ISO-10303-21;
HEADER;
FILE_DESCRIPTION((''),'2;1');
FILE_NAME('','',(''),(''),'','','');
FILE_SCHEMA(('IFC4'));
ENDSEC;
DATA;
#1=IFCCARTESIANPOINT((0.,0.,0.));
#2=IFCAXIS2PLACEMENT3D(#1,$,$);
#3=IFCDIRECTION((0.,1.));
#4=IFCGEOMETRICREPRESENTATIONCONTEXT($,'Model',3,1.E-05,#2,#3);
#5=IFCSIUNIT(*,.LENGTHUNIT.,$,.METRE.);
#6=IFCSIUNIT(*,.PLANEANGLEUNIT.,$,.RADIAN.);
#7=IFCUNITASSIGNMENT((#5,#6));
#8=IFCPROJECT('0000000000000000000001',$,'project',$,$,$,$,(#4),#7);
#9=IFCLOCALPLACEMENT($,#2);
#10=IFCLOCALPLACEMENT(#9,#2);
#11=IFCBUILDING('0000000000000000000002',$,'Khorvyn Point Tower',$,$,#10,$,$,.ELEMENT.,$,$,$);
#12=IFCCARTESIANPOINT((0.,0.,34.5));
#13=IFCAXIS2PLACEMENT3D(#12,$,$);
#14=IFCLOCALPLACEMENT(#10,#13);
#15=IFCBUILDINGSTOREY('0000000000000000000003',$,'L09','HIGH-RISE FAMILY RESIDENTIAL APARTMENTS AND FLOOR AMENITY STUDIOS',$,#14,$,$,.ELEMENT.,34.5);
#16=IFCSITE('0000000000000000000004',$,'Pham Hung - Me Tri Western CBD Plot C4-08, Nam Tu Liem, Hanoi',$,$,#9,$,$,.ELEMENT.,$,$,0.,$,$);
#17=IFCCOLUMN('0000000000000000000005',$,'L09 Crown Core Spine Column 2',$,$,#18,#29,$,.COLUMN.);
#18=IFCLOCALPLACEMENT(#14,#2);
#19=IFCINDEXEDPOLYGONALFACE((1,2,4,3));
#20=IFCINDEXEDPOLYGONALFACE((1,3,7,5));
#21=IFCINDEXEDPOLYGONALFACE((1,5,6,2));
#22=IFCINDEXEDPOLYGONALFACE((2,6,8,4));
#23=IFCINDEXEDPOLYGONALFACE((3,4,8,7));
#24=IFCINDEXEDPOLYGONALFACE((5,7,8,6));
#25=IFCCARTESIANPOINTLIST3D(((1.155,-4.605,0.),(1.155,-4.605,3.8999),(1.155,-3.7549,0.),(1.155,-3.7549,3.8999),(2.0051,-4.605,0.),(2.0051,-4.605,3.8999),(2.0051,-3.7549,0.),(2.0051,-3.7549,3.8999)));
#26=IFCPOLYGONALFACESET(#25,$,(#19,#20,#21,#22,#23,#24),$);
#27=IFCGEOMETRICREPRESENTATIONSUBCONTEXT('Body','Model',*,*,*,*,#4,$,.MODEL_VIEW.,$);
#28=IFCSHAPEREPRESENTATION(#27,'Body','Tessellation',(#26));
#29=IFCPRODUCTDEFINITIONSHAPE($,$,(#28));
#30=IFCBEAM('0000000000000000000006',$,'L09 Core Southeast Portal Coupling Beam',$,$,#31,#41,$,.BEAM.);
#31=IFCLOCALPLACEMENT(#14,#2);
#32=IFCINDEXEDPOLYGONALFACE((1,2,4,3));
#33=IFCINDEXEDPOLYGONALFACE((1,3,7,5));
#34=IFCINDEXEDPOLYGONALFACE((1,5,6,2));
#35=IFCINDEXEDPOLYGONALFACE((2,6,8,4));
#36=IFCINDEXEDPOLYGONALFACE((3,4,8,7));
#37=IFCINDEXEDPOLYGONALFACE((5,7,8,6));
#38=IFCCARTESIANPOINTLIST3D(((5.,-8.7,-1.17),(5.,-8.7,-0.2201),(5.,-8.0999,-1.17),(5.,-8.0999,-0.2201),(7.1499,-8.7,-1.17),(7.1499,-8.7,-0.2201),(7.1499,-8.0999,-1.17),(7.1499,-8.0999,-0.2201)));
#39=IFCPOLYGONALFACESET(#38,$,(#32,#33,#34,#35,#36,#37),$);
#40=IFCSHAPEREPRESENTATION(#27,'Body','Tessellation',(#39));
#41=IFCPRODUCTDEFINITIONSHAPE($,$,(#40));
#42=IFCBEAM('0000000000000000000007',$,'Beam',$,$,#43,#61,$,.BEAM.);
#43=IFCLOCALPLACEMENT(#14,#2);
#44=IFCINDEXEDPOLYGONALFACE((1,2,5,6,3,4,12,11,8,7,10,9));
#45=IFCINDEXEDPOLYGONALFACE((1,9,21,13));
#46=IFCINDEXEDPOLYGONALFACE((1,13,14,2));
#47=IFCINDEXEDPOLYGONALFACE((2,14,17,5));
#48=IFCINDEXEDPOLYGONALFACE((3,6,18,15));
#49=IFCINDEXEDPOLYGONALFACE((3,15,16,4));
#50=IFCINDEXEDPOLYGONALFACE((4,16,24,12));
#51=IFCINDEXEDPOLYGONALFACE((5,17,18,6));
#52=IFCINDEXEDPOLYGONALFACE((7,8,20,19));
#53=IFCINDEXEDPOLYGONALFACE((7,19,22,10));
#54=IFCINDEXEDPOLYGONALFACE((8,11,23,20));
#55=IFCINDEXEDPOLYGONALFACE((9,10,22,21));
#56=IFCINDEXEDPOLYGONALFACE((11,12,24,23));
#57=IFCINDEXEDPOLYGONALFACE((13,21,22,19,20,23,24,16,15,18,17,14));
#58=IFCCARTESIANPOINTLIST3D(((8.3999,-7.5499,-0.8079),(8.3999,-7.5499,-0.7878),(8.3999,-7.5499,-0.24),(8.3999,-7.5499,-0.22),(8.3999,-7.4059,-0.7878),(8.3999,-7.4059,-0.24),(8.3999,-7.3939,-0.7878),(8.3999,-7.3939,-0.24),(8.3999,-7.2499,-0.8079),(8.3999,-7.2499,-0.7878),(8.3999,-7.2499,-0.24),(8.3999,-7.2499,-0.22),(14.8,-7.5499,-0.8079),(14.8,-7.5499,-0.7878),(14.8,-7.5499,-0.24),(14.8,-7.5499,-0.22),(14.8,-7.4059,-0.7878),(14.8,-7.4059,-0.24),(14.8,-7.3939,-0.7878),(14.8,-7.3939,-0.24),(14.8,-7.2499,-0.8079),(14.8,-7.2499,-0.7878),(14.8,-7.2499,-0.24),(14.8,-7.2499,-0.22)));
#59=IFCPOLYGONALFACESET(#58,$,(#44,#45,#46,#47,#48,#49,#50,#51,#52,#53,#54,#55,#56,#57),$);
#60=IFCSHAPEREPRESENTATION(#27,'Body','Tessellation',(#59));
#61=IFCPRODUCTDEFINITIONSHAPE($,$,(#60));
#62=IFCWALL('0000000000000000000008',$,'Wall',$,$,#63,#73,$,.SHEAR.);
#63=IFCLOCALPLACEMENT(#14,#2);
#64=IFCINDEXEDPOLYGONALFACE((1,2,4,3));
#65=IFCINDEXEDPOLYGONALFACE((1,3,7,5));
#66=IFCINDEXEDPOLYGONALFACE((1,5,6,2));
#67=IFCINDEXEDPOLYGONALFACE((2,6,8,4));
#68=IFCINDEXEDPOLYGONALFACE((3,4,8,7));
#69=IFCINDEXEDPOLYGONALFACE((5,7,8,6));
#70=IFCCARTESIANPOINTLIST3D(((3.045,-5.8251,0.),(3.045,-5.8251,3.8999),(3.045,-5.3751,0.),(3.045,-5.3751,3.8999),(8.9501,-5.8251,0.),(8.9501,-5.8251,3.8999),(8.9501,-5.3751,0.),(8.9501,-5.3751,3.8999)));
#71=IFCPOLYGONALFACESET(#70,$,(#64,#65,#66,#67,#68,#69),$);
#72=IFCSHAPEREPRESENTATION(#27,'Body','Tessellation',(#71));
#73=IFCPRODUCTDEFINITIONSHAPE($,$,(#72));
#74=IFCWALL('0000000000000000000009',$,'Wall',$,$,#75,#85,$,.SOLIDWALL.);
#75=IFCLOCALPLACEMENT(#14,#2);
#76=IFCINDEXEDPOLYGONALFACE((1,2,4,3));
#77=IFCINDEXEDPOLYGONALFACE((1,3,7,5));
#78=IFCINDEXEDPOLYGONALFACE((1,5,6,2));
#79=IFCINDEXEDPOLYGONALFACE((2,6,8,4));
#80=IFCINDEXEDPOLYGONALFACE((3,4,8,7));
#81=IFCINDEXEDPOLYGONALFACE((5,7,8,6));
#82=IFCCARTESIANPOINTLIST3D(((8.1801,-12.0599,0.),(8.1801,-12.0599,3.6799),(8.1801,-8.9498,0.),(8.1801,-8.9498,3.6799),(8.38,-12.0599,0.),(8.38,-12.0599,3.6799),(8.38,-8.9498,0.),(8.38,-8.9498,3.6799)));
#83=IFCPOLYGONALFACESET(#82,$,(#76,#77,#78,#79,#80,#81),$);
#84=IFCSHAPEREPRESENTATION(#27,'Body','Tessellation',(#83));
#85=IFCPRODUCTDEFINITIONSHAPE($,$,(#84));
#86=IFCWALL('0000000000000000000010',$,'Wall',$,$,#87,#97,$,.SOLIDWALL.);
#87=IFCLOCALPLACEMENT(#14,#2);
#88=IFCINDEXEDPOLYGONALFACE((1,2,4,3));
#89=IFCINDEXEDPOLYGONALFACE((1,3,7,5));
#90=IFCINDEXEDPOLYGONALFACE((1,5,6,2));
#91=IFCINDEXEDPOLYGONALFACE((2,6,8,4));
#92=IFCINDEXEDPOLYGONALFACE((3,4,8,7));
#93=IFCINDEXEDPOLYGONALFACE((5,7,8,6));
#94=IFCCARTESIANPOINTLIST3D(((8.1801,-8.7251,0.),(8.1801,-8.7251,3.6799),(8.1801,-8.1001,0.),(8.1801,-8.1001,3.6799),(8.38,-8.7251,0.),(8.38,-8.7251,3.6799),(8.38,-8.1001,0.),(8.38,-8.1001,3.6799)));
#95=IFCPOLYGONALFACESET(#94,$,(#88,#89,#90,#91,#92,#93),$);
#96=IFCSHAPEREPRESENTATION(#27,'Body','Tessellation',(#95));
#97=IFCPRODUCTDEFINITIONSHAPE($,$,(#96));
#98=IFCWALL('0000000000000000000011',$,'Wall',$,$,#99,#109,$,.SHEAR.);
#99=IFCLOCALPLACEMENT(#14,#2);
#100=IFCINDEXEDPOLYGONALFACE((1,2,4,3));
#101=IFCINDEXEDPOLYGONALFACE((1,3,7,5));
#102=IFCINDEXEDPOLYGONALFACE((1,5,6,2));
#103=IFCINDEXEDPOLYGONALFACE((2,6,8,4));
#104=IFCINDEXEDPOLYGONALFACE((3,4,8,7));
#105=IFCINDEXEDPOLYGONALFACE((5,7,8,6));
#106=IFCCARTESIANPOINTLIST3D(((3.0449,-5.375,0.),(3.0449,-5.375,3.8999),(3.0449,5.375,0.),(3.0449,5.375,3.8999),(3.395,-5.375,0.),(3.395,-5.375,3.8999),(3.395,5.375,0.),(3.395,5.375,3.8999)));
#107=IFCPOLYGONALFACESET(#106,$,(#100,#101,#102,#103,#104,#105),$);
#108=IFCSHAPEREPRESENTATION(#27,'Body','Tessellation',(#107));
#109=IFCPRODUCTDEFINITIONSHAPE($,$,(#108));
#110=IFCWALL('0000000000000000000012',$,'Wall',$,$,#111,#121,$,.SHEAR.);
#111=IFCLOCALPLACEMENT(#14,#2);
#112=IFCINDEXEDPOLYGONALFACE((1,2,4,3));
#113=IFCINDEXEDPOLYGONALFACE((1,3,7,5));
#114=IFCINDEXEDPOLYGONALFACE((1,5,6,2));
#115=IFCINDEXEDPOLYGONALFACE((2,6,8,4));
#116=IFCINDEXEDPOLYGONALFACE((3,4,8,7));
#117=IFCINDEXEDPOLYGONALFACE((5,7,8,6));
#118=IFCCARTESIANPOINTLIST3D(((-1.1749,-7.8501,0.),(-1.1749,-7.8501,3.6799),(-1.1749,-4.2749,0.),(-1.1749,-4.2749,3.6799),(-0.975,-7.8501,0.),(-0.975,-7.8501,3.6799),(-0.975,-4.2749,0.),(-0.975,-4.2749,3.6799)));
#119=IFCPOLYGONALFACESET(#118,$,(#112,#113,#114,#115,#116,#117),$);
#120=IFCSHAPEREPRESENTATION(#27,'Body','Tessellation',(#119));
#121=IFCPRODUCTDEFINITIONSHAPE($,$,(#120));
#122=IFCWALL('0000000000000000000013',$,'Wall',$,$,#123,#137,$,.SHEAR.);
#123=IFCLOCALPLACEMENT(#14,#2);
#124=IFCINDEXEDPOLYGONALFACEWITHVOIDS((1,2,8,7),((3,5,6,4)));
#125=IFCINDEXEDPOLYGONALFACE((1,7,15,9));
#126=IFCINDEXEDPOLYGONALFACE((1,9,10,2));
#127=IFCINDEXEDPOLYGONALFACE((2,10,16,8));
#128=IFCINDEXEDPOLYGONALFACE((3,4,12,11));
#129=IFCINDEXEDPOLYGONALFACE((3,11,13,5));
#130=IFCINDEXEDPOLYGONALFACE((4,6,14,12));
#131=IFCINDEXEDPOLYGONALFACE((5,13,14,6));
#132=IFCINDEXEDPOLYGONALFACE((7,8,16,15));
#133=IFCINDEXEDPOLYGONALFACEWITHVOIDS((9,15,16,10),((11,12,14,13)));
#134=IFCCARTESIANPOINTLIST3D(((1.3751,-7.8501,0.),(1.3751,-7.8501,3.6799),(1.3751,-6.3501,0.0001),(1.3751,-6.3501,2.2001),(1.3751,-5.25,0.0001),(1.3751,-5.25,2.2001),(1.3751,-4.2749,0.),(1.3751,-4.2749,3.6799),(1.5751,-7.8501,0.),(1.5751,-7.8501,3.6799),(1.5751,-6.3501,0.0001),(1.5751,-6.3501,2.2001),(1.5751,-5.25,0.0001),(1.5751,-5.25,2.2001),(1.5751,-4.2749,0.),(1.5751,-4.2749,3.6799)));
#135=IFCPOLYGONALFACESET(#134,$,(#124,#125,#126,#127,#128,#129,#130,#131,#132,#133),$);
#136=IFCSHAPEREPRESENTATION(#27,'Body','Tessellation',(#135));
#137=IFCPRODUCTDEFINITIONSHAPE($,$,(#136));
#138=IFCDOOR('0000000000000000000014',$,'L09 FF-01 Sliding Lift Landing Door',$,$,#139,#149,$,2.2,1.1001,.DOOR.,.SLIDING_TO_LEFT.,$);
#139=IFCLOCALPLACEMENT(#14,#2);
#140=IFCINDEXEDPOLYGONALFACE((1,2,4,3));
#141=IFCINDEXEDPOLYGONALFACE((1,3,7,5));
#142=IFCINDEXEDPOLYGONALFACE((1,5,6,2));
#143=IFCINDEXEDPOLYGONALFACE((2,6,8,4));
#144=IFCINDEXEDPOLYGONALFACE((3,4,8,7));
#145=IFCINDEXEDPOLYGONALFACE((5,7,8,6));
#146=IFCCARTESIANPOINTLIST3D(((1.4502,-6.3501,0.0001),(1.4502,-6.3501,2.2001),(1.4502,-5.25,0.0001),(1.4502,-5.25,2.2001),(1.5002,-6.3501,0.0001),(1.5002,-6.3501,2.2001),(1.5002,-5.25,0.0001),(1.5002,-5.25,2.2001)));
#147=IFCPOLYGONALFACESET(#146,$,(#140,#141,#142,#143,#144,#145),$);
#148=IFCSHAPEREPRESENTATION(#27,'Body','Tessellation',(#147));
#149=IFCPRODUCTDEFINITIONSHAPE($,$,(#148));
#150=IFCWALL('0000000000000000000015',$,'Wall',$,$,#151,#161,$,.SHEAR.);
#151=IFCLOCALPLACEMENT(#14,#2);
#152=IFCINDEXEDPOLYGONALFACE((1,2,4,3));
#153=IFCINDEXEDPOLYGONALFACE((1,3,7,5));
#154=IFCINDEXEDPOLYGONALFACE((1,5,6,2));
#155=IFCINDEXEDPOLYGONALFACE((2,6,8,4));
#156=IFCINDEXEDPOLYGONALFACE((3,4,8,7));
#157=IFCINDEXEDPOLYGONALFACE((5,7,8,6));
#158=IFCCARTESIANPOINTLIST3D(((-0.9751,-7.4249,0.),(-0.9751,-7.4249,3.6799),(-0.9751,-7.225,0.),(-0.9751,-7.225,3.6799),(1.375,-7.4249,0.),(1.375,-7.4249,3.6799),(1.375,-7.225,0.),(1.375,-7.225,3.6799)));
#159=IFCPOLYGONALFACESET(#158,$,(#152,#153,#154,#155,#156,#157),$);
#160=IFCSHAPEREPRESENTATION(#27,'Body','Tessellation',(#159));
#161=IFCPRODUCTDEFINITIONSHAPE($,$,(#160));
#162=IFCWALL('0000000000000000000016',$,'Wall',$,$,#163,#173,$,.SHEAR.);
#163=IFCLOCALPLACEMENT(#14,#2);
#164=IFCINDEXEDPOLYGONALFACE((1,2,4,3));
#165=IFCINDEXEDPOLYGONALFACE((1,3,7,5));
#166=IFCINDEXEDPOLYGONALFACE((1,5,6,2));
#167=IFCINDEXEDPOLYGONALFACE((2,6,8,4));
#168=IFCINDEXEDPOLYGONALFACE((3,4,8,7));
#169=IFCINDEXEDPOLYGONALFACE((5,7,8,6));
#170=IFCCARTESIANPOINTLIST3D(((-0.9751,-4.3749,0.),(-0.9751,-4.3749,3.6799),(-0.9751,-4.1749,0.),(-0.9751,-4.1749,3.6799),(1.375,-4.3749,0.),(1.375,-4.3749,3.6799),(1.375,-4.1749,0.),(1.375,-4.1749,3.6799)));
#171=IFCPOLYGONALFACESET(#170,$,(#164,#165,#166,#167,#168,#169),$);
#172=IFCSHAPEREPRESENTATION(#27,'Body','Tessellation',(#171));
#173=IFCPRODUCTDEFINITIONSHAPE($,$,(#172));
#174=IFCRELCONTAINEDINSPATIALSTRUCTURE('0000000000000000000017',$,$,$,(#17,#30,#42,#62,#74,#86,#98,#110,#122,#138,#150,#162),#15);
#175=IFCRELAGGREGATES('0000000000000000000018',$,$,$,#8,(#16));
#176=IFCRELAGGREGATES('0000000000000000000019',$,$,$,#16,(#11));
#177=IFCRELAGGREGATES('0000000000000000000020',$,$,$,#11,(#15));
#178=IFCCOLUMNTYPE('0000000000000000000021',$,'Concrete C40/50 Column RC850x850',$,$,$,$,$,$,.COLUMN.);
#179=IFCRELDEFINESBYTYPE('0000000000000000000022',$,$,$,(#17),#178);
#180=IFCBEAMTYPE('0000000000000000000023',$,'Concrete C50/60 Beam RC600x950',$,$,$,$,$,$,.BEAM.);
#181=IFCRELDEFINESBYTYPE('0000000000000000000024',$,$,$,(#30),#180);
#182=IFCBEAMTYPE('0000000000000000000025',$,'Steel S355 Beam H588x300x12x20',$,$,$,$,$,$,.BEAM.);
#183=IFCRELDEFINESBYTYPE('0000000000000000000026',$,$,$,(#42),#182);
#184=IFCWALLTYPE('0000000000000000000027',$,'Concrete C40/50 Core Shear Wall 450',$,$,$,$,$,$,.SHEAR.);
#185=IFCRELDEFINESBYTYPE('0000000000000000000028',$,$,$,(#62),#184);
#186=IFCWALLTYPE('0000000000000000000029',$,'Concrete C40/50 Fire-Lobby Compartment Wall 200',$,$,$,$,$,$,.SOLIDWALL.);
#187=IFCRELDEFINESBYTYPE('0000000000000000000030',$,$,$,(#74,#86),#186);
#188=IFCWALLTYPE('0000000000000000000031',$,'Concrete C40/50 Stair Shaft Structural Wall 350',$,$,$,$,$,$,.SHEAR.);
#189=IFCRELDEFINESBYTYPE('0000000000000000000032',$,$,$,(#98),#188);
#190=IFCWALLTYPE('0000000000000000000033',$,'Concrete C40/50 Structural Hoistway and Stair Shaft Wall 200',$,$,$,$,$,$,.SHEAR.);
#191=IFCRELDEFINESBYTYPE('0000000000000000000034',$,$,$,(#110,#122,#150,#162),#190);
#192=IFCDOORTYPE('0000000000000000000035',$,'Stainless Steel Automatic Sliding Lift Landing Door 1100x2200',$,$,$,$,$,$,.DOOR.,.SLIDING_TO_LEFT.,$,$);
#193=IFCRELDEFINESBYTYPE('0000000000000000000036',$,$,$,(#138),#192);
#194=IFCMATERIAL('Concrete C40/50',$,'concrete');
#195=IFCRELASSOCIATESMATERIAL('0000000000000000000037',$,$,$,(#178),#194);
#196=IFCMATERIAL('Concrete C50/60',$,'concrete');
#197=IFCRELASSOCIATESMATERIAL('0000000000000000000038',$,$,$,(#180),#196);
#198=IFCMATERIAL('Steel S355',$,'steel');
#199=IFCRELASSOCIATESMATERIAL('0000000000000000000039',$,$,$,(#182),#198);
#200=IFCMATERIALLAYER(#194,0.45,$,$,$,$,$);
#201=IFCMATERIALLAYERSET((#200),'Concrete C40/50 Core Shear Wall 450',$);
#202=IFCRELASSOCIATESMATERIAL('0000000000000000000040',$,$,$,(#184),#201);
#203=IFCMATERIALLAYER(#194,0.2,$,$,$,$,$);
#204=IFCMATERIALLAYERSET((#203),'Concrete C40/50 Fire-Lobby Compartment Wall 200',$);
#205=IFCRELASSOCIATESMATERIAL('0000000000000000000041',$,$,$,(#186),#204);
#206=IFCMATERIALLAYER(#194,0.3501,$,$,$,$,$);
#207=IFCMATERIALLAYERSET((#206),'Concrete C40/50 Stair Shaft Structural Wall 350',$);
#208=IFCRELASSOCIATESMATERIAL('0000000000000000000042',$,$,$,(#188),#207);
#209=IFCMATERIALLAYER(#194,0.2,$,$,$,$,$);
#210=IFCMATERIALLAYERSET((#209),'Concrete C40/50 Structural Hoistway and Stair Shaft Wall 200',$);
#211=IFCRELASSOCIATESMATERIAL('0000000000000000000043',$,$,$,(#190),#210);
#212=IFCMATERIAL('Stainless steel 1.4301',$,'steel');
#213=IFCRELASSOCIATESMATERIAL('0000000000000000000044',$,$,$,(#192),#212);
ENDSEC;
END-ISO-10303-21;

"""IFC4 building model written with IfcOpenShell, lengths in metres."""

from ifc_helpers import new_model, si_unit, direction, frame, frame_2d, origin, origin_2d, place, context, subcontext, project, spatial, rectangle, i_section, extrude, material, layer, layer_set, material_profile, profile_set, type_object, element, fill, save


model = new_model("IFC4")

# Units and contexts
model_context = context("Model", 3, precision=1e-05, world=origin(), true_north=direction((0.0, 1.0)))
body_context = subcontext(model_context, "Body", "Model", "MODEL_VIEW")
ifc_project = project(units=[si_unit("LENGTHUNIT", "METRE"), si_unit("PLANEANGLEUNIT", "RADIAN")], contexts=[model_context])

# Site, building, storey
site_placement = place(None, origin())
site = spatial("IfcSite", under=ifc_project, at=site_placement, Name="Pham Hung - Me Tri Western CBD Plot C4-08, Nam Tu Liem, Hanoi", CompositionType="ELEMENT", RefElevation=0.0)
building_placement = place(site_placement, origin())
building = spatial("IfcBuilding", under=site, at=building_placement, Name="Khorvyn Point Tower", CompositionType="ELEMENT")
storey_placement = place(building_placement, frame((0.0, 0.0, 34.5)))
storey = spatial("IfcBuildingStorey", under=building, at=storey_placement, Name="L09", Description="HIGH-RISE FAMILY RESIDENTIAL APARTMENTS AND FLOOR AMENITY STUDIOS", CompositionType="ELEMENT", Elevation=34.5)

# Column
ifc_material_1 = material(Name="Concrete C40/50", Category="concrete")
ifc_material_profile_1 = material_profile(ifc_material_1, rectangle(XDim=0.8501, YDim=0.8501, at=origin_2d()))
ifc_profile_set_1 = profile_set([ifc_material_profile_1], Name="Concrete C40/50 RC850x850")
column_type = type_object("IfcColumnType", Name="Concrete C40/50 Column RC850x850", PredefinedType="COLUMN", material=ifc_profile_set_1)
column_placement = place(storey_placement, frame((1.5801, -4.1799, 0.0), z_axis=(0.0, 0.0, 1.0), x_axis=(1.0, 0.0, 0.0)))
element("IfcColumn", 1, at=column_placement, inside=storey, type_object=column_type, Name="L09 Crown Core Spine Column 2", PredefinedType="COLUMN", context=body_context, shape_type="SweptSolid", body=[
    extrude(rectangle(XDim=0.8501, YDim=0.8501, at=origin_2d()), origin(), (0.0, 0.0, 1.0), 3.8999),
])

# Beams
ifc_material_2 = material(Name="Concrete C50/60", Category="concrete")
ifc_material_profile_2 = material_profile(ifc_material_2, rectangle(XDim=0.6001, YDim=0.95, at=origin_2d()))
ifc_profile_set_2 = profile_set([ifc_material_profile_2], Name="Concrete C50/60 RC600x950")
beam_type_1 = type_object("IfcBeamType", Name="Concrete C50/60 Beam RC600x950", PredefinedType="BEAM", material=ifc_profile_set_2)
beam_1_placement = place(storey_placement, frame((5.0, -8.3999, -0.6951), z_axis=(1.0, 0.0, 0.0), x_axis=(0.0, 1.0, 0.0)))
element("IfcBeam", 2, at=beam_1_placement, inside=storey, type_object=beam_type_1, Name="L09 Core Southeast Portal Coupling Beam", PredefinedType="BEAM", context=body_context, shape_type="SweptSolid", body=[
    extrude(rectangle(XDim=0.6001, YDim=0.95, at=origin_2d()), origin(), (0.0, 0.0, 1.0), 2.1499),
])
ifc_material_3 = material(Name="Steel S355", Category="steel")
ifc_material_profile_3 = material_profile(ifc_material_3, i_section(OverallWidth=0.3, OverallDepth=0.5879, WebThickness=0.012, FlangeThickness=0.02, at=origin_2d()))
ifc_profile_set_3 = profile_set([ifc_material_profile_3], Name="Steel S355 H588x300x12x20")
beam_type_2 = type_object("IfcBeamType", Name="Steel S355 Beam H588x300x12x20", PredefinedType="BEAM", material=ifc_profile_set_3)
beam_2_placement = place(storey_placement, frame((8.3999, -7.3999, -0.5139), z_axis=(1.0, 0.0, 0.0), x_axis=(0.0, 1.0, 0.0)))
element("IfcBeam", 3, at=beam_2_placement, inside=storey, type_object=beam_type_2, Name="Beam", PredefinedType="BEAM", context=body_context, shape_type="SweptSolid", body=[
    extrude(i_section(OverallWidth=0.3, OverallDepth=0.5879, WebThickness=0.012, FlangeThickness=0.02, at=origin_2d()), origin(), (0.0, 0.0, 1.0), 6.4001),
])

# Wall
ifc_layer_1 = layer(ifc_material_1, 0.45)
ifc_layer_set_1 = layer_set([ifc_layer_1], Name="Concrete C40/50 Core Shear Wall 450")
wall_type_1 = type_object("IfcWallType", Name="Concrete C40/50 Core Shear Wall 450", PredefinedType="SHEAR", material=ifc_layer_set_1)
wall_1_placement = place(storey_placement, frame((3.0449, -5.6001, 0.0), z_axis=(0.0, 0.0, 1.0), x_axis=(1.0, 0.0, 0.0)))
element("IfcWall", 4, at=wall_1_placement, inside=storey, type_object=wall_type_1, Name="Wall", PredefinedType="SHEAR", context=body_context, shape_type="SweptSolid", body=[
    extrude(rectangle(XDim=5.905, YDim=0.45, at=frame_2d((2.9526, 0.0))), origin(), (0.0, 0.0, 1.0), 3.8999),
])

# Shared definitions
ifc_layer_2 = layer(ifc_material_1, 0.2)
ifc_layer_set_2 = layer_set([ifc_layer_2], Name="Concrete C40/50 Fire-Lobby Compartment Wall 200")
wall_type_2 = type_object("IfcWallType", Name="Concrete C40/50 Fire-Lobby Compartment Wall 200", PredefinedType="SOLIDWALL", material=ifc_layer_set_2)

# Walls
wall_2_placement = place(storey_placement, frame((8.28, -12.0601, 0.0), z_axis=(0.0, 0.0, 1.0), x_axis=(0.0, 1.0, 0.0)))
element("IfcWall", 5, at=wall_2_placement, inside=storey, type_object=wall_type_2, Name="Wall", PredefinedType="SOLIDWALL", context=body_context, shape_type="SweptSolid", body=[
    extrude(rectangle(XDim=3.1101, YDim=0.2, at=frame_2d((1.5552, 0.0))), origin(), (0.0, 0.0, 1.0), 3.6799),
])
wall_3_placement = place(storey_placement, frame((8.28, -8.7251, 0.0), z_axis=(0.0, 0.0, 1.0), x_axis=(0.0, 1.0, 0.0)))
element("IfcWall", 6, at=wall_3_placement, inside=storey, type_object=wall_type_2, Name="Wall", PredefinedType="SOLIDWALL", context=body_context, shape_type="SweptSolid", body=[
    extrude(rectangle(XDim=0.625, YDim=0.2, at=frame_2d((0.3125, 0.0))), origin(), (0.0, 0.0, 1.0), 3.6799),
])
ifc_layer_3 = layer(ifc_material_1, 0.3501)
ifc_layer_set_3 = layer_set([ifc_layer_3], Name="Concrete C40/50 Stair Shaft Structural Wall 350")
wall_type_3 = type_object("IfcWallType", Name="Concrete C40/50 Stair Shaft Structural Wall 350", PredefinedType="SHEAR", material=ifc_layer_set_3)
wall_4_placement = place(storey_placement, frame((3.22, -5.375, 0.0), z_axis=(0.0, 0.0, 1.0), x_axis=(0.0, 1.0, 0.0)))
element("IfcWall", 7, at=wall_4_placement, inside=storey, type_object=wall_type_3, Name="Wall", PredefinedType="SHEAR", context=body_context, shape_type="SweptSolid", body=[
    extrude(rectangle(XDim=10.75, YDim=0.3501, at=frame_2d((5.375, 0.0))), origin(), (0.0, 0.0, 1.0), 3.8999),
])

# Wall
ifc_layer_4 = layer(ifc_material_1, 0.2)
ifc_layer_set_4 = layer_set([ifc_layer_4], Name="Concrete C40/50 Structural Hoistway and Stair Shaft Wall 200")
wall_type_4 = type_object("IfcWallType", Name="Concrete C40/50 Structural Hoistway and Stair Shaft Wall 200", PredefinedType="SHEAR", material=ifc_layer_set_4)
wall_5_placement = place(storey_placement, frame((-1.075, -7.8501, 0.0), z_axis=(0.0, 0.0, 1.0), x_axis=(0.0, 1.0, 0.0)))
element("IfcWall", 8, at=wall_5_placement, inside=storey, type_object=wall_type_4, Name="Wall", PredefinedType="SHEAR", context=body_context, shape_type="SweptSolid", body=[
    extrude(rectangle(XDim=3.5752, YDim=0.2, at=frame_2d((1.7876, 0.0))), origin(), (0.0, 0.0, 1.0), 3.6799),
])

# Wall, opening, door
wall_6_placement = place(storey_placement, frame((1.4751, -7.8501, 0.0), z_axis=(0.0, 0.0, 1.0), x_axis=(0.0, 1.0, 0.0)))
wall_6 = element("IfcWall", 9, at=wall_6_placement, inside=storey, type_object=wall_type_4, Name="Wall", PredefinedType="SHEAR", context=body_context, shape_type="SweptSolid", body=[
    extrude(rectangle(XDim=3.5752, YDim=0.2, at=frame_2d((1.7876, 0.0))), origin(), (0.0, 0.0, 1.0), 3.6799),
])
opening_1_placement = place(wall_6_placement, frame((1.5, 0.0, 0.0)))
opening_1 = element("IfcOpeningElement", 10, at=opening_1_placement, cuts=wall_6, PredefinedType="OPENING", context=body_context, shape_type="SweptSolid", body=[
    extrude(rectangle(XDim=1.1001, YDim=2.2, at=frame_2d((0.55, 1.1001))), frame((0.0, 0.1099, 0.0), z_axis=(0.0, -1.0, 0.0), x_axis=(1.0, 0.0, 0.0)), (0.0, 0.0, 1.0), 0.22),
])
ifc_material_4 = material(Name="Stainless steel 1.4301", Category="steel")
door_type_1 = type_object("IfcDoorType", Name="Stainless Steel Automatic Sliding Lift Landing Door 1100x2200", OperationType="SLIDING_TO_LEFT", PredefinedType="DOOR", material=ifc_material_4)
door_1_placement = place(opening_1_placement, origin())
door_1 = element("IfcDoor", 11, at=door_1_placement, inside=storey, type_object=door_type_1, Name="L09 FF-01 Sliding Lift Landing Door", OperationType="SLIDING_TO_LEFT", OverallHeight=2.2, OverallWidth=1.1001, PredefinedType="DOOR", context=body_context, shape_type="SweptSolid", body=[
    extrude(rectangle(XDim=1.1001, YDim=2.2, at=frame_2d((0.55, 1.1001))), frame((0.0, 0.0249, 0.0), z_axis=(0.0, -1.0, 0.0), x_axis=(1.0, 0.0, 0.0)), (0.0, 0.0, 1.0), 0.05),
])
fill(opening_1, door_1)

# Walls
for number, where, z_axis, x_axis, name in (
    (12, (-0.9751, -7.325, 0.0), (0.0, 0.0, 1.0), (1.0, 0.0, 0.0), "Wall"),
    (13, (-0.9751, -4.2749, 0.0), (0.0, 0.0, 1.0), (1.0, 0.0, 0.0), "Wall"),
):
    element("IfcWall", number, at=place(storey_placement, frame(where, z_axis=z_axis, x_axis=x_axis)), inside=storey, type_object=wall_type_4, Name=name, PredefinedType="SHEAR", context=body_context, shape_type="SweptSolid", body=[
        extrude(rectangle(XDim=2.3501, YDim=0.2, at=frame_2d((1.175, 0.0))), origin(), (0.0, 0.0, 1.0), 3.6799),
    ])

save(model, "model.ifc")
